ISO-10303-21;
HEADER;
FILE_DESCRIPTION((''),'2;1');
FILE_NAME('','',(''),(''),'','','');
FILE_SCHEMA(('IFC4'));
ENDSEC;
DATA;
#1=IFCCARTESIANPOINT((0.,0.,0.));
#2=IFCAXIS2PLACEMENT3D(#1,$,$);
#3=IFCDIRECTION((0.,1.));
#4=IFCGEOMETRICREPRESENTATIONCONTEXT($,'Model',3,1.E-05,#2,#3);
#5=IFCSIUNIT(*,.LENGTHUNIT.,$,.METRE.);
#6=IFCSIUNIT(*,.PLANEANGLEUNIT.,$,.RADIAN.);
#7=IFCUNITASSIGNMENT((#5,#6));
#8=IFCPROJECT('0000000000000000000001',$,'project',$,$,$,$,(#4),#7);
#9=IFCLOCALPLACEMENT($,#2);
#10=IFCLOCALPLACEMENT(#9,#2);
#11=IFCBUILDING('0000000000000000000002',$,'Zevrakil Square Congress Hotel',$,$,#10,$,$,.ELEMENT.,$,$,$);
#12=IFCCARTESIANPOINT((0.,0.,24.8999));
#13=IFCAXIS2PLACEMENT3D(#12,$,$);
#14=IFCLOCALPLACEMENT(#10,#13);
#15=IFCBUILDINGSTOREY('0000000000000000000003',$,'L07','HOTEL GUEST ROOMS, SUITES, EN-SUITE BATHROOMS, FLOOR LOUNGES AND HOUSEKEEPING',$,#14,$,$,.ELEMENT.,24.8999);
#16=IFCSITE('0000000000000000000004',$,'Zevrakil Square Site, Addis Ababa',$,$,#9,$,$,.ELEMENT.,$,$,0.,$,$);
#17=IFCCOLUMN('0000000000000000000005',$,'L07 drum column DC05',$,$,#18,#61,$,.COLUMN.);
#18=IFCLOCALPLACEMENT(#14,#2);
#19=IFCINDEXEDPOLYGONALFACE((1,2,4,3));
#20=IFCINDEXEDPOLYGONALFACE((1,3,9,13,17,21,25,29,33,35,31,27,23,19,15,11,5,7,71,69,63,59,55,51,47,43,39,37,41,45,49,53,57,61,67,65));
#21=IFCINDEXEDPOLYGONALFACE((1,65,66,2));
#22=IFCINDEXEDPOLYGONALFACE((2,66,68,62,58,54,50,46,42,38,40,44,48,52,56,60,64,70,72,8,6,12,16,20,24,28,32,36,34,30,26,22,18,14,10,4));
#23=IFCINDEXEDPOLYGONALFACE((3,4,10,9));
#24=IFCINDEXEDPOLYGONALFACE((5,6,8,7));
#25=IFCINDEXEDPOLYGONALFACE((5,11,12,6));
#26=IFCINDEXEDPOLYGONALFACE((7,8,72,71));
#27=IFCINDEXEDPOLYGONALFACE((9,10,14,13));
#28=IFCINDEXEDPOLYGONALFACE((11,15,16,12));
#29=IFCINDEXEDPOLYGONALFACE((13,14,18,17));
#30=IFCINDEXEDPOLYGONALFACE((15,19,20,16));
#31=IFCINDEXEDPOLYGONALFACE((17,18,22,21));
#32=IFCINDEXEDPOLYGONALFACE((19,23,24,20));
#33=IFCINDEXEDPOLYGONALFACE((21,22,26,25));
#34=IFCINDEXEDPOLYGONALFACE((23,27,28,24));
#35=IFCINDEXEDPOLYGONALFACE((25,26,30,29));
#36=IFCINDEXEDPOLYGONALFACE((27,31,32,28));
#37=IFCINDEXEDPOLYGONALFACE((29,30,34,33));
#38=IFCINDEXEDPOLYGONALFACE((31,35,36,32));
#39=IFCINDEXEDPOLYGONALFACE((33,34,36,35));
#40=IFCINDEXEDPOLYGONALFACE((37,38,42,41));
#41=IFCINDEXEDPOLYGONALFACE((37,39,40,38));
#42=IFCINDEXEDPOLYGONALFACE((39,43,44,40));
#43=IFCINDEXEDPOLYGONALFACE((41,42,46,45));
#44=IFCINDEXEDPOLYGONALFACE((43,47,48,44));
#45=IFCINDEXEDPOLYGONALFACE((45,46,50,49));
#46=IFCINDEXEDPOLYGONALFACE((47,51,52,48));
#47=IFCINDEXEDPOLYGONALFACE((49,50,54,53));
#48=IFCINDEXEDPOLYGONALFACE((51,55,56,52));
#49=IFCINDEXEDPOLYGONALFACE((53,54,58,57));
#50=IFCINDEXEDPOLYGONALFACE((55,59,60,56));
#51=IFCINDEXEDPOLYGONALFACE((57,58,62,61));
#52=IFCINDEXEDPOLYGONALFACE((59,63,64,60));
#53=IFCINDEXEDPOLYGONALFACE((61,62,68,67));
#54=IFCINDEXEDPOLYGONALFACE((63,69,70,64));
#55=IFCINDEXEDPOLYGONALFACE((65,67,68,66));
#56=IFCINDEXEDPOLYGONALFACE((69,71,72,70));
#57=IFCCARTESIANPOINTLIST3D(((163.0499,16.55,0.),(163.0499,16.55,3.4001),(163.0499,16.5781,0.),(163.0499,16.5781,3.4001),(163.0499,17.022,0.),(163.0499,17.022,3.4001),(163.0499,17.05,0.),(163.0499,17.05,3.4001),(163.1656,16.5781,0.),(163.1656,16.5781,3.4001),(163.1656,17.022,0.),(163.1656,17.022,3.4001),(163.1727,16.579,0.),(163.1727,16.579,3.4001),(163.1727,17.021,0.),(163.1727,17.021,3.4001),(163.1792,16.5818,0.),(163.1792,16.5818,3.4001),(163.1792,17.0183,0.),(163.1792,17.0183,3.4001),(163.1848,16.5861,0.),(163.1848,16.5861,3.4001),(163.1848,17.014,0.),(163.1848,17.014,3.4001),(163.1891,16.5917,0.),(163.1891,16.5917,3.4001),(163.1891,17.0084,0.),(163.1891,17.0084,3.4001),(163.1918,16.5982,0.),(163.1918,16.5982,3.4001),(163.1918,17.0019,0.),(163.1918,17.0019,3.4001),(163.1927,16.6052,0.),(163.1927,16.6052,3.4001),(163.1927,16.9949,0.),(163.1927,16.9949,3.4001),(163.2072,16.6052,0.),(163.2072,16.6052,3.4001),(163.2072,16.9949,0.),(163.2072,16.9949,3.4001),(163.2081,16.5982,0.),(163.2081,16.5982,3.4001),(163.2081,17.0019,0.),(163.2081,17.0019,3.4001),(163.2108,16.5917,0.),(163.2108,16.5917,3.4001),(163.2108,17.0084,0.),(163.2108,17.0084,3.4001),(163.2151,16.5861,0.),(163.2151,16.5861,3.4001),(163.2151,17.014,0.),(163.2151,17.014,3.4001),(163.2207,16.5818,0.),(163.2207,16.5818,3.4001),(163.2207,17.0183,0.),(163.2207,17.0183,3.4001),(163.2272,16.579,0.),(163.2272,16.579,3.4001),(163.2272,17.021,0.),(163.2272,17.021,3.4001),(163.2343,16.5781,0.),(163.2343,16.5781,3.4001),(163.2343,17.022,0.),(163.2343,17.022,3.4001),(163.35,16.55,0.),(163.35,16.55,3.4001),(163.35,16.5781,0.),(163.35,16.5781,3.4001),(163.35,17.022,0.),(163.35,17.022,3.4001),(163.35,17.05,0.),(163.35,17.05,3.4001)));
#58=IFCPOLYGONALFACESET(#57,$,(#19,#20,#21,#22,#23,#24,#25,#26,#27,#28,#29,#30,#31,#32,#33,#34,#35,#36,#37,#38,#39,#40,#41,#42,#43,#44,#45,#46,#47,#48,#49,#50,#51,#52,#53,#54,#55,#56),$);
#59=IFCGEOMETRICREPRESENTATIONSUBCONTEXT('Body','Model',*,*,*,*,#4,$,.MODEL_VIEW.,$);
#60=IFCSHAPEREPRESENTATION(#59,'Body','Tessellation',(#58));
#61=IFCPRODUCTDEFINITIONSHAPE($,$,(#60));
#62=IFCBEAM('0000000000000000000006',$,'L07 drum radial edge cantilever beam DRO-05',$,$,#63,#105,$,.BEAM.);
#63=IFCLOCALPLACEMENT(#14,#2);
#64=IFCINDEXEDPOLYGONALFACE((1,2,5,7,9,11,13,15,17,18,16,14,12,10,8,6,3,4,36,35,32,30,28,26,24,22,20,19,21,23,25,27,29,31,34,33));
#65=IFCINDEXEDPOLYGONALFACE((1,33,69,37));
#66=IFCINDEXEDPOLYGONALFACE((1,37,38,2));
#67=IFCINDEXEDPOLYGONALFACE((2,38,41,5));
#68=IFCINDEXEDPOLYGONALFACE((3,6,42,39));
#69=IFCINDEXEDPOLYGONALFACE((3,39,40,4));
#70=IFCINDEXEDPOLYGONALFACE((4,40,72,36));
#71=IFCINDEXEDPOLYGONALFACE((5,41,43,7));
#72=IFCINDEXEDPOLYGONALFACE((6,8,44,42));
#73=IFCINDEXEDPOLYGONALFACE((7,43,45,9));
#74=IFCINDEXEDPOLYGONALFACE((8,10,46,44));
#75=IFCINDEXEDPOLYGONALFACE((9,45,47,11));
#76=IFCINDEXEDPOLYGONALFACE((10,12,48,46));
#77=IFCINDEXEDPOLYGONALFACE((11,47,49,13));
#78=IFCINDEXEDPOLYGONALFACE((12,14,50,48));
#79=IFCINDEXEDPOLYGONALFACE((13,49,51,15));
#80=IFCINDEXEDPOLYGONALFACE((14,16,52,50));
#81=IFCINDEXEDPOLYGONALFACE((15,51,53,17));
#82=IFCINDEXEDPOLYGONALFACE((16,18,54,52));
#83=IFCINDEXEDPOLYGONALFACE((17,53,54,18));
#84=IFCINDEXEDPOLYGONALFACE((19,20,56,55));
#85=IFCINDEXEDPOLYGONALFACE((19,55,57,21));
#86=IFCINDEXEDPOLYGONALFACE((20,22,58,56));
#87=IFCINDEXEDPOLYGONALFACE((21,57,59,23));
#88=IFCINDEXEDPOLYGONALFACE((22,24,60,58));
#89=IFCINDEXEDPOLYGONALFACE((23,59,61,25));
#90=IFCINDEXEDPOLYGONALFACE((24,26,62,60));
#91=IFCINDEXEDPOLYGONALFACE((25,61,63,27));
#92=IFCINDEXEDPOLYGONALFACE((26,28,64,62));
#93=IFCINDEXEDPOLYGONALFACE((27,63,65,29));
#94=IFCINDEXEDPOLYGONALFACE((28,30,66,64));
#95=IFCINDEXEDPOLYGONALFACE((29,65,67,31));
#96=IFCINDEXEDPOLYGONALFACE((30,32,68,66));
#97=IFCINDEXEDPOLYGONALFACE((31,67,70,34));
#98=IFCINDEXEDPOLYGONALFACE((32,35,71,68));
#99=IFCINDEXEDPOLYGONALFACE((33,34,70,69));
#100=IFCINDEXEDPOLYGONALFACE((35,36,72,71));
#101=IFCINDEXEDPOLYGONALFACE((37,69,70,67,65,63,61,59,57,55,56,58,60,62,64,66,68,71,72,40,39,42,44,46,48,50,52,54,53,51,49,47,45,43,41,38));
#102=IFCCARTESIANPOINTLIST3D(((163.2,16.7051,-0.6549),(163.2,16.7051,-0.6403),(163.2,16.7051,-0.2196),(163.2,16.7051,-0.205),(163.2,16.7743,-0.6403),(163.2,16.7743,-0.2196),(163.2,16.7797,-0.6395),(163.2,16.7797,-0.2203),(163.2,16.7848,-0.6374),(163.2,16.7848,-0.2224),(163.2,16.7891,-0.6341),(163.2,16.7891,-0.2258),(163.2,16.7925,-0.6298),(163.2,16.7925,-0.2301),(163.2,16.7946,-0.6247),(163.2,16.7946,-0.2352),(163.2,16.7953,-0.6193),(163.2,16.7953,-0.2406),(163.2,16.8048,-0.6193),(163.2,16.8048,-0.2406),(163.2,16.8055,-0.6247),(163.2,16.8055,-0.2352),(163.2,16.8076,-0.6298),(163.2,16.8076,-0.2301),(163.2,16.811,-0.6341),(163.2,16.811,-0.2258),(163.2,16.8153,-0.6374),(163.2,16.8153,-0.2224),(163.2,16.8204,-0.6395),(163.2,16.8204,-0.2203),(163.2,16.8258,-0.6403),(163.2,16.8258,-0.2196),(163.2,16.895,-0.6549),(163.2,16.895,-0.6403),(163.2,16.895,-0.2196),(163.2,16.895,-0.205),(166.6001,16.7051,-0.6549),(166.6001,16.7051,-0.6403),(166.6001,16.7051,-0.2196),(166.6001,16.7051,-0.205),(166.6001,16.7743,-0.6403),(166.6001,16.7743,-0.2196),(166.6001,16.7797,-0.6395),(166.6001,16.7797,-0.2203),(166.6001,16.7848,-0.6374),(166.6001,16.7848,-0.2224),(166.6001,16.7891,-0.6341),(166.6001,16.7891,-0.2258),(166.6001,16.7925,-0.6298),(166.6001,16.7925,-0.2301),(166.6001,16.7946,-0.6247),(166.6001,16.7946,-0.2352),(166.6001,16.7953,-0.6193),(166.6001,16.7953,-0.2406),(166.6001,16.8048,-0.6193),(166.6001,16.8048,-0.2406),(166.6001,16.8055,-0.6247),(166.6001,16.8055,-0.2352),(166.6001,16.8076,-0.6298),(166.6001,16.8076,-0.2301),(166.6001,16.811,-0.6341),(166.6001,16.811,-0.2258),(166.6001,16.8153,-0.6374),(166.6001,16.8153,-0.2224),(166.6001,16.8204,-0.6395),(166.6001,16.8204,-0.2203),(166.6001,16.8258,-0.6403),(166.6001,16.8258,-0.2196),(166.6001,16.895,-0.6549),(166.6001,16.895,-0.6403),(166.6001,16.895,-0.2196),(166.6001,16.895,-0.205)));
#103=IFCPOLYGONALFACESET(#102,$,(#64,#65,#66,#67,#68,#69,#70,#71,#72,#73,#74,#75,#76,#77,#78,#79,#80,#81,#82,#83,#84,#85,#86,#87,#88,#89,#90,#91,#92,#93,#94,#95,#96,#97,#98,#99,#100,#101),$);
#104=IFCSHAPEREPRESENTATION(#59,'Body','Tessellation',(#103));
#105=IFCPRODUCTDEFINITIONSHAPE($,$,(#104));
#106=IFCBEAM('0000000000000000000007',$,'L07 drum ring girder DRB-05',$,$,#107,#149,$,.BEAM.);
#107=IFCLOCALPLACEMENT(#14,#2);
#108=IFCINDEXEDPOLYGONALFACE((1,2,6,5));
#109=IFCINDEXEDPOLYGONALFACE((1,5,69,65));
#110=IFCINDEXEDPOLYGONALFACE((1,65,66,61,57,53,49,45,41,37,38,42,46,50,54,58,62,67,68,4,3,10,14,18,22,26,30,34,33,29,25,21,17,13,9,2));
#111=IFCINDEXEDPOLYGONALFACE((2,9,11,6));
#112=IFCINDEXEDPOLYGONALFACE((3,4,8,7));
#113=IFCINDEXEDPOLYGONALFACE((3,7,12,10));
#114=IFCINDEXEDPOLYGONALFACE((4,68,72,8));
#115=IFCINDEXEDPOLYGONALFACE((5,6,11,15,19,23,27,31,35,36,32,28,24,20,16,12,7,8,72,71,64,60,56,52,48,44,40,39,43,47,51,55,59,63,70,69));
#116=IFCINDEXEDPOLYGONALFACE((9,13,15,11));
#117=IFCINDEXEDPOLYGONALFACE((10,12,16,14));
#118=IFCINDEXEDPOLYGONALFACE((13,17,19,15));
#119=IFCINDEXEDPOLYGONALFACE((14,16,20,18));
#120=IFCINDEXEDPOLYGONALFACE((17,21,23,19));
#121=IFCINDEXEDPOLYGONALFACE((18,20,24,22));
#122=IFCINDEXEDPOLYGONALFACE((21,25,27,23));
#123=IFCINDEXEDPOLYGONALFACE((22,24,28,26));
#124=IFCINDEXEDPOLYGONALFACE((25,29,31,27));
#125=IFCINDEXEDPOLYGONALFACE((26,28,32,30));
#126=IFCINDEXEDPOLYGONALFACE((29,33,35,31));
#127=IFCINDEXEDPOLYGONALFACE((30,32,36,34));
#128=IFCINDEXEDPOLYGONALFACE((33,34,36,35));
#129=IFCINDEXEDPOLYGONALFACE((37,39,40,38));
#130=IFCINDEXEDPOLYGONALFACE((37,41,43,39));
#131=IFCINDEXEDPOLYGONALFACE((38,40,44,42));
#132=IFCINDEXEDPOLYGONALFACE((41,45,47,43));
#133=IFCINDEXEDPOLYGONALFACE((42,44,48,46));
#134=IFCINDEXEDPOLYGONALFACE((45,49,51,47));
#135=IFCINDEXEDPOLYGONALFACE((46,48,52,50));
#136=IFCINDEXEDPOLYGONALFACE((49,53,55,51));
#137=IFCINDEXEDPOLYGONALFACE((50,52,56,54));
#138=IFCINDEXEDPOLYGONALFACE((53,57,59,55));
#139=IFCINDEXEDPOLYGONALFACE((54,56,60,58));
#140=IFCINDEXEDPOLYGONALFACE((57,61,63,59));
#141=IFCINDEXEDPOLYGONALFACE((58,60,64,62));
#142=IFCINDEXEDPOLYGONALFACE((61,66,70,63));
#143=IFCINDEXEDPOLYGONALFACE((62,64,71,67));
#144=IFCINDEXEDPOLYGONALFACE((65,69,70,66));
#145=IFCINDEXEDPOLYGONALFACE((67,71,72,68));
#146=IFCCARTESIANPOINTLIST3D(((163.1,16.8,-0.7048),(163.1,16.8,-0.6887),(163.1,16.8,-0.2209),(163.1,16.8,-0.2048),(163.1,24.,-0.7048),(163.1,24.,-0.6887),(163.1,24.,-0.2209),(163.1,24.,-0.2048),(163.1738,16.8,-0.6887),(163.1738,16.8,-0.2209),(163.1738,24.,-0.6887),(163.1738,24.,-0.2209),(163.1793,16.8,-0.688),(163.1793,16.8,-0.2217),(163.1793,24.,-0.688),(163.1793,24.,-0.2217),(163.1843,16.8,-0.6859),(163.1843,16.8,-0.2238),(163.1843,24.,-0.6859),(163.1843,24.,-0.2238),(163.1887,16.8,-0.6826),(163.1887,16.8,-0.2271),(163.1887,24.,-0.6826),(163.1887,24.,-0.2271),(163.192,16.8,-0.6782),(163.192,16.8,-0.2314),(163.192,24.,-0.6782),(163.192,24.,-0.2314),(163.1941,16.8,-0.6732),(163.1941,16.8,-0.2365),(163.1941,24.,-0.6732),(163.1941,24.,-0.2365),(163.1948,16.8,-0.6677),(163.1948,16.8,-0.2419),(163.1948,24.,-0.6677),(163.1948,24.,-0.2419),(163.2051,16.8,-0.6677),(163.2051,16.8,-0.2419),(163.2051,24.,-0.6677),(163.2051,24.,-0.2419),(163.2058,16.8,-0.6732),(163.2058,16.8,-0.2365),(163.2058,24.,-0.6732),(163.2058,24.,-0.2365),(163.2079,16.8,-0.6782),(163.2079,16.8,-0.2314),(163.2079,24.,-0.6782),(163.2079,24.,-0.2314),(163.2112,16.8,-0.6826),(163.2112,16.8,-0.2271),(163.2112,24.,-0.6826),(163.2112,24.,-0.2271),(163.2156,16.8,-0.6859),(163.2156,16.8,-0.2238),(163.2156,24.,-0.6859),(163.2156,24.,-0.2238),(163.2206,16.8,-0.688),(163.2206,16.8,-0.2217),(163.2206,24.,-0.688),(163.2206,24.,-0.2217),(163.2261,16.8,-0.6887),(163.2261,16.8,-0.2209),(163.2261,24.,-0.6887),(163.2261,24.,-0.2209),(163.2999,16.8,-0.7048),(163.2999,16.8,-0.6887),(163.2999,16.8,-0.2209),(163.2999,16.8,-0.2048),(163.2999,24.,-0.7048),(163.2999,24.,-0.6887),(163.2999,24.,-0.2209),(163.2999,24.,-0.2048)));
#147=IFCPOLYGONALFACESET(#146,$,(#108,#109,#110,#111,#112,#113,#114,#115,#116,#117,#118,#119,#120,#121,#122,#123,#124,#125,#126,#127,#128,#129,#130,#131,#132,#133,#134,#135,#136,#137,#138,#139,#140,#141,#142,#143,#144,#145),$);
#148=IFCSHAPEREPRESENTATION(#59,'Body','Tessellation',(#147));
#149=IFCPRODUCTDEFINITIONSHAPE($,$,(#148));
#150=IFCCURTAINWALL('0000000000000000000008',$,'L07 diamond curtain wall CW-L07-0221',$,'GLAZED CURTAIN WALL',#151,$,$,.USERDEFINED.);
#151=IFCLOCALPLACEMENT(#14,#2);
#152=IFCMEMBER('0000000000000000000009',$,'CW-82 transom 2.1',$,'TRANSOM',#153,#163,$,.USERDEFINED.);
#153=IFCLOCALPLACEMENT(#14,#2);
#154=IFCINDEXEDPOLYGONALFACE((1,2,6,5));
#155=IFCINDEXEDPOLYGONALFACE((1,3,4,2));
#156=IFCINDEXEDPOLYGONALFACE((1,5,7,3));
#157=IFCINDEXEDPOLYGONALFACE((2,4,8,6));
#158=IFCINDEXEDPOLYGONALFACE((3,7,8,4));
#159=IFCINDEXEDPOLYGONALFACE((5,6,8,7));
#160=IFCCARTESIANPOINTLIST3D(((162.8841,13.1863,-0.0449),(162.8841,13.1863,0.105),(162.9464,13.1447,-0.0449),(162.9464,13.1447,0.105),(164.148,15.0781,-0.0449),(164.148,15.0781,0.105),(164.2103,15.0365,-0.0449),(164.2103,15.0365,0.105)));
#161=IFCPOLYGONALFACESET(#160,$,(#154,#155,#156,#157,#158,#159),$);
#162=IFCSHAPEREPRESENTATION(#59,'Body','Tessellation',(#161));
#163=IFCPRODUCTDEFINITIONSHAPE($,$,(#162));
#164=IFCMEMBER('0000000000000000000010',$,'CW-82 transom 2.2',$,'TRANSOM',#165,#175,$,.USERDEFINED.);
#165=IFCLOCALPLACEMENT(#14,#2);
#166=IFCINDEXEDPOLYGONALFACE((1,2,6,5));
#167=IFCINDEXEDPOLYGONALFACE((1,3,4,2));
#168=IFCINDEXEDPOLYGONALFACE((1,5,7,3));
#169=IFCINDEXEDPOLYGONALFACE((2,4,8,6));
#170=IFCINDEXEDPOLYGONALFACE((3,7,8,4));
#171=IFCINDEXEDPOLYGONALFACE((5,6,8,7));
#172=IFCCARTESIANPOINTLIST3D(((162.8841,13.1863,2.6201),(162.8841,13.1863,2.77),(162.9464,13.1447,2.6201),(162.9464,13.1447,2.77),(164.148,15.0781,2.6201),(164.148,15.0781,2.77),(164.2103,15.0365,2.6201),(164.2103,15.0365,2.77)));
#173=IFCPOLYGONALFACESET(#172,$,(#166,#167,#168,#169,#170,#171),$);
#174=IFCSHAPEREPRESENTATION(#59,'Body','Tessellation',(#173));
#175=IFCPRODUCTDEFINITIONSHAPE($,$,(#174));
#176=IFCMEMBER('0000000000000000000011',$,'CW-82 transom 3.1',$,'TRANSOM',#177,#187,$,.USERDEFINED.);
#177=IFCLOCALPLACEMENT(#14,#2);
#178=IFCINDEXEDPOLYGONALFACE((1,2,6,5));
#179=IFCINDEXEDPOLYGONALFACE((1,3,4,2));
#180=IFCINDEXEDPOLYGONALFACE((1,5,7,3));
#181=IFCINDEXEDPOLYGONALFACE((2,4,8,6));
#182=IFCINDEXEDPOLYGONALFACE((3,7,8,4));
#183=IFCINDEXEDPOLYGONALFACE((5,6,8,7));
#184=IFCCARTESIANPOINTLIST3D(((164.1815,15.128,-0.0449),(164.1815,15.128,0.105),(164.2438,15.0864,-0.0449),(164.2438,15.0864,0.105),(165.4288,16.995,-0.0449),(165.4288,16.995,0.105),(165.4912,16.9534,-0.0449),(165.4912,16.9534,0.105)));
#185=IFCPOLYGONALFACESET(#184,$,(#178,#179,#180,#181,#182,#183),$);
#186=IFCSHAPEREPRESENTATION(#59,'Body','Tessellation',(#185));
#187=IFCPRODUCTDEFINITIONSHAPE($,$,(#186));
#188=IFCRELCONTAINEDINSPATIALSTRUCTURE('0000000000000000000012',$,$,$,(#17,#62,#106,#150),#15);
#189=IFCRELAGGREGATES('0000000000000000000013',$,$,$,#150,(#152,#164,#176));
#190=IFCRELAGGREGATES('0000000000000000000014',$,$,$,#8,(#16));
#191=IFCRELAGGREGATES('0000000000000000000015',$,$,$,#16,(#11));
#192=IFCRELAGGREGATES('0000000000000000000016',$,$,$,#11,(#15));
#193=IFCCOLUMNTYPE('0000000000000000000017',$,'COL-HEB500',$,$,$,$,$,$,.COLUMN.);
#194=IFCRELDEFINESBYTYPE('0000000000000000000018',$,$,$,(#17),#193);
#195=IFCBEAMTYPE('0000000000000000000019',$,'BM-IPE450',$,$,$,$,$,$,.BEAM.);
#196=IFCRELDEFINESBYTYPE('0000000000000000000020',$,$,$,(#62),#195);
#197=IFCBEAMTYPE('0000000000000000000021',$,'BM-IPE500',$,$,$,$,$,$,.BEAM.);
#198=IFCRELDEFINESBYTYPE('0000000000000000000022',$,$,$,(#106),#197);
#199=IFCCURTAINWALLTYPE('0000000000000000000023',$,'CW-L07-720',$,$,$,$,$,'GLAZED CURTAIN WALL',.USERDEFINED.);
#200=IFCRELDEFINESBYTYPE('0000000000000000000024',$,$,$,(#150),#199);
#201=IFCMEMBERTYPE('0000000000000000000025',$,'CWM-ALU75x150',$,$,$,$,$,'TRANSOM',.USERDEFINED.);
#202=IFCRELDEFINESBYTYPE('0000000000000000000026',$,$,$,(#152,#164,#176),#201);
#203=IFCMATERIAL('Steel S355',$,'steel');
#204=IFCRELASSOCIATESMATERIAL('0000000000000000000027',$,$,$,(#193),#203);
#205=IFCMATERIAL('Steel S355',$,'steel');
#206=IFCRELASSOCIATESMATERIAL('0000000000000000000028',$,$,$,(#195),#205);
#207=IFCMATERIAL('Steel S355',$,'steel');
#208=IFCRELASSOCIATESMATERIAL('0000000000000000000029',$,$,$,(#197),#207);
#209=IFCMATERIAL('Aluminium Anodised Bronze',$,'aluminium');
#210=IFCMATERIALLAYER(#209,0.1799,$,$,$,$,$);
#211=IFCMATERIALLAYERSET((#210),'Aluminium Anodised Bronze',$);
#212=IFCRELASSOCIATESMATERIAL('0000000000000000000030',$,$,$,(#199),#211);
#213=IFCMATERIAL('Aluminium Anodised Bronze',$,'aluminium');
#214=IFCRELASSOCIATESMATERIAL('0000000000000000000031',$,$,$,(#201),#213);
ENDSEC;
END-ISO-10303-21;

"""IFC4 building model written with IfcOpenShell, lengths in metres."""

from ifc_helpers import new_model, si_unit, direction, frame, origin, origin_2d, place, context, subcontext, project, spatial, rectangle, i_section, extrude, material, layer, layer_set, material_profile, profile_set, type_object, element, aggregate, save


model = new_model("IFC4")

# Units and contexts
model_context = context("Model", 3, precision=1e-05, world=origin(), true_north=direction((0.0, 1.0)))
body_context = subcontext(model_context, "Body", "Model", "MODEL_VIEW")
ifc_project = project(units=[si_unit("LENGTHUNIT", "METRE"), si_unit("PLANEANGLEUNIT", "RADIAN")], contexts=[model_context])

# Site, building, storey
site_placement = place(None, origin())
site = spatial("IfcSite", under=ifc_project, at=site_placement, Name="Zevrakil Square Site, Addis Ababa", CompositionType="ELEMENT", RefElevation=0.0)
building_placement = place(site_placement, origin())
building = spatial("IfcBuilding", under=site, at=building_placement, Name="Zevrakil Square Congress Hotel", CompositionType="ELEMENT")
storey_placement = place(building_placement, frame((0.0, 0.0, 24.8999)))
storey = spatial("IfcBuildingStorey", under=building, at=storey_placement, Name="L07", Description="HOTEL GUEST ROOMS, SUITES, EN-SUITE BATHROOMS, FLOOR LOUNGES AND HOUSEKEEPING", CompositionType="ELEMENT", Elevation=24.8999)

# Column
ifc_material_1 = material(Name="Steel S355", Category="steel")
ifc_material_profile_1 = material_profile(ifc_material_1, i_section(OverallWidth=0.3, OverallDepth=0.5, WebThickness=0.0144, FlangeThickness=0.0281, FilletRadius=0.0271, at=origin_2d()), Name="HEB 500")
ifc_profile_set_1 = profile_set([ifc_material_profile_1], Name="Steel S355")
column_type = type_object("IfcColumnType", Name="COL-HEB500", PredefinedType="COLUMN", material=ifc_profile_set_1)
column_placement = place(storey_placement, frame((163.2, 16.8, 0.0), z_axis=(0.0, 0.0, 1.0), x_axis=(1.0, 0.0, 0.0)))
element("IfcColumn", 1, at=column_placement, inside=storey, type_object=column_type, Name="L07 drum column DC05", PredefinedType="COLUMN", context=body_context, shape_type="SweptSolid", body=[
    extrude(i_section(OverallWidth=0.3, OverallDepth=0.5, WebThickness=0.0144, FlangeThickness=0.0281, FilletRadius=0.0271, at=origin_2d()), origin(), (0.0, 0.0, 1.0), 3.4001),
])

# Beams
ifc_material_2 = material(Name="Steel S355", Category="steel")
ifc_material_profile_2 = material_profile(ifc_material_2, i_section(OverallWidth=0.1899, OverallDepth=0.45, WebThickness=0.0095, FlangeThickness=0.0146, FilletRadius=0.021, at=origin_2d()), Name="IPE 450")
ifc_profile_set_2 = profile_set([ifc_material_profile_2], Name="Steel S355")
beam_type_1 = type_object("IfcBeamType", Name="BM-IPE450", PredefinedType="BEAM", material=ifc_profile_set_2)
beam_1_placement = place(storey_placement, frame((163.2, 16.8, -0.4299), z_axis=(1.0, 0.0, 0.0), x_axis=(0.0, 1.0, 0.0)))
element("IfcBeam", 2, at=beam_1_placement, inside=storey, type_object=beam_type_1, Name="L07 drum radial edge cantilever beam DRO-05", PredefinedType="BEAM", context=body_context, shape_type="SweptSolid", body=[
    extrude(i_section(OverallWidth=0.1899, OverallDepth=0.45, WebThickness=0.0095, FlangeThickness=0.0146, FilletRadius=0.021, at=origin_2d()), origin(), (0.0, 0.0, 1.0), 3.4001),
])
ifc_material_3 = material(Name="Steel S355", Category="steel")
ifc_material_profile_3 = material_profile(ifc_material_3, i_section(OverallWidth=0.2, OverallDepth=0.5, WebThickness=0.0103, FlangeThickness=0.0161, FilletRadius=0.021, at=origin_2d()), Name="IPE 500")
ifc_profile_set_3 = profile_set([ifc_material_profile_3], Name="Steel S355")
beam_type_2 = type_object("IfcBeamType", Name="BM-IPE500", PredefinedType="BEAM", material=ifc_profile_set_3)
beam_2_placement = place(storey_placement, frame((163.2, 16.8, -0.4548), z_axis=(0.0, 1.0, 0.0), x_axis=(-1.0, 0.0, 0.0)))
element("IfcBeam", 3, at=beam_2_placement, inside=storey, type_object=beam_type_2, Name="L07 drum ring girder DRB-05", PredefinedType="BEAM", context=body_context, shape_type="SweptSolid", body=[
    extrude(i_section(OverallWidth=0.2, OverallDepth=0.5, WebThickness=0.0103, FlangeThickness=0.0161, FilletRadius=0.021, at=origin_2d()), origin(), (0.0, 0.0, 1.0), 7.2),
])

# Curtain wall, members
ifc_material_4 = material(Name="Aluminium Anodised Bronze", Category="aluminium")
ifc_layer_1 = layer(ifc_material_4, 0.1799)
ifc_layer_set_1 = layer_set([ifc_layer_1], Name="Aluminium Anodised Bronze")
curtain_wall_type = type_object("IfcCurtainWallType", Name="CW-L07-720", ElementType="GLAZED CURTAIN WALL", PredefinedType="USERDEFINED", material=ifc_layer_set_1)
curtain_wall_1_placement = place(storey_placement, origin())
curtain_wall_1 = element("IfcCurtainWall", 4, at=curtain_wall_1_placement, inside=storey, type_object=curtain_wall_type, Name="L07 diamond curtain wall CW-L07-0221", ObjectType="GLAZED CURTAIN WALL", PredefinedType="USERDEFINED")
ifc_material_5 = material(Name="Aluminium Anodised Bronze", Category="aluminium")
ifc_material_profile_4 = material_profile(ifc_material_5, rectangle(XDim=0.075, YDim=0.1499, at=origin_2d()), Name="ALU 75x150")
ifc_profile_set_4 = profile_set([ifc_material_profile_4], Name="Aluminium Anodised Bronze")
member_type_1 = type_object("IfcMemberType", Name="CWM-ALU75x150", ElementType="TRANSOM", PredefinedType="USERDEFINED", material=ifc_profile_set_4)
member_1_placement = place(storey_placement, frame((162.9153, 13.1655, 0.03), z_axis=(0.555517, 0.831505, 0.0), x_axis=(-0.831505, 0.555517, 0.0)))
member_1 = element("IfcMember", 5, at=member_1_placement, type_object=member_type_1, Name="CW-82 transom 2.1", ObjectType="TRANSOM", PredefinedType="USERDEFINED", context=body_context, shape_type="SweptSolid", body=[
    extrude(rectangle(XDim=0.075, YDim=0.1499, at=origin_2d()), origin(), (0.0, 0.0, 1.0), 2.2751),
])
member_2_placement = place(storey_placement, frame((162.9153, 13.1655, 2.6951), z_axis=(0.555517, 0.831505, 0.0), x_axis=(-0.831505, 0.555517, 0.0)))
member_2 = element("IfcMember", 6, at=member_2_placement, type_object=member_type_1, Name="CW-82 transom 2.2", ObjectType="TRANSOM", PredefinedType="USERDEFINED", context=body_context, shape_type="SweptSolid", body=[
    extrude(rectangle(XDim=0.075, YDim=0.1499, at=origin_2d()), origin(), (0.0, 0.0, 1.0), 2.2751),
])
member_3_placement = place(storey_placement, frame((164.2126, 15.1072, 0.03), z_axis=(0.555528, 0.831498, 0.0), x_axis=(-0.831498, 0.555528, 0.0)))
member_3 = element("IfcMember", 7, at=member_3_placement, type_object=member_type_1, Name="CW-82 transom 3.1", ObjectType="TRANSOM", PredefinedType="USERDEFINED", context=body_context, shape_type="SweptSolid", body=[
    extrude(rectangle(XDim=0.075, YDim=0.1499, at=origin_2d()), origin(), (0.0, 0.0, 1.0), 2.2454),
])

aggregate(curtain_wall_1, [member_1, member_2, member_3])

save(model, "model.ifc")
